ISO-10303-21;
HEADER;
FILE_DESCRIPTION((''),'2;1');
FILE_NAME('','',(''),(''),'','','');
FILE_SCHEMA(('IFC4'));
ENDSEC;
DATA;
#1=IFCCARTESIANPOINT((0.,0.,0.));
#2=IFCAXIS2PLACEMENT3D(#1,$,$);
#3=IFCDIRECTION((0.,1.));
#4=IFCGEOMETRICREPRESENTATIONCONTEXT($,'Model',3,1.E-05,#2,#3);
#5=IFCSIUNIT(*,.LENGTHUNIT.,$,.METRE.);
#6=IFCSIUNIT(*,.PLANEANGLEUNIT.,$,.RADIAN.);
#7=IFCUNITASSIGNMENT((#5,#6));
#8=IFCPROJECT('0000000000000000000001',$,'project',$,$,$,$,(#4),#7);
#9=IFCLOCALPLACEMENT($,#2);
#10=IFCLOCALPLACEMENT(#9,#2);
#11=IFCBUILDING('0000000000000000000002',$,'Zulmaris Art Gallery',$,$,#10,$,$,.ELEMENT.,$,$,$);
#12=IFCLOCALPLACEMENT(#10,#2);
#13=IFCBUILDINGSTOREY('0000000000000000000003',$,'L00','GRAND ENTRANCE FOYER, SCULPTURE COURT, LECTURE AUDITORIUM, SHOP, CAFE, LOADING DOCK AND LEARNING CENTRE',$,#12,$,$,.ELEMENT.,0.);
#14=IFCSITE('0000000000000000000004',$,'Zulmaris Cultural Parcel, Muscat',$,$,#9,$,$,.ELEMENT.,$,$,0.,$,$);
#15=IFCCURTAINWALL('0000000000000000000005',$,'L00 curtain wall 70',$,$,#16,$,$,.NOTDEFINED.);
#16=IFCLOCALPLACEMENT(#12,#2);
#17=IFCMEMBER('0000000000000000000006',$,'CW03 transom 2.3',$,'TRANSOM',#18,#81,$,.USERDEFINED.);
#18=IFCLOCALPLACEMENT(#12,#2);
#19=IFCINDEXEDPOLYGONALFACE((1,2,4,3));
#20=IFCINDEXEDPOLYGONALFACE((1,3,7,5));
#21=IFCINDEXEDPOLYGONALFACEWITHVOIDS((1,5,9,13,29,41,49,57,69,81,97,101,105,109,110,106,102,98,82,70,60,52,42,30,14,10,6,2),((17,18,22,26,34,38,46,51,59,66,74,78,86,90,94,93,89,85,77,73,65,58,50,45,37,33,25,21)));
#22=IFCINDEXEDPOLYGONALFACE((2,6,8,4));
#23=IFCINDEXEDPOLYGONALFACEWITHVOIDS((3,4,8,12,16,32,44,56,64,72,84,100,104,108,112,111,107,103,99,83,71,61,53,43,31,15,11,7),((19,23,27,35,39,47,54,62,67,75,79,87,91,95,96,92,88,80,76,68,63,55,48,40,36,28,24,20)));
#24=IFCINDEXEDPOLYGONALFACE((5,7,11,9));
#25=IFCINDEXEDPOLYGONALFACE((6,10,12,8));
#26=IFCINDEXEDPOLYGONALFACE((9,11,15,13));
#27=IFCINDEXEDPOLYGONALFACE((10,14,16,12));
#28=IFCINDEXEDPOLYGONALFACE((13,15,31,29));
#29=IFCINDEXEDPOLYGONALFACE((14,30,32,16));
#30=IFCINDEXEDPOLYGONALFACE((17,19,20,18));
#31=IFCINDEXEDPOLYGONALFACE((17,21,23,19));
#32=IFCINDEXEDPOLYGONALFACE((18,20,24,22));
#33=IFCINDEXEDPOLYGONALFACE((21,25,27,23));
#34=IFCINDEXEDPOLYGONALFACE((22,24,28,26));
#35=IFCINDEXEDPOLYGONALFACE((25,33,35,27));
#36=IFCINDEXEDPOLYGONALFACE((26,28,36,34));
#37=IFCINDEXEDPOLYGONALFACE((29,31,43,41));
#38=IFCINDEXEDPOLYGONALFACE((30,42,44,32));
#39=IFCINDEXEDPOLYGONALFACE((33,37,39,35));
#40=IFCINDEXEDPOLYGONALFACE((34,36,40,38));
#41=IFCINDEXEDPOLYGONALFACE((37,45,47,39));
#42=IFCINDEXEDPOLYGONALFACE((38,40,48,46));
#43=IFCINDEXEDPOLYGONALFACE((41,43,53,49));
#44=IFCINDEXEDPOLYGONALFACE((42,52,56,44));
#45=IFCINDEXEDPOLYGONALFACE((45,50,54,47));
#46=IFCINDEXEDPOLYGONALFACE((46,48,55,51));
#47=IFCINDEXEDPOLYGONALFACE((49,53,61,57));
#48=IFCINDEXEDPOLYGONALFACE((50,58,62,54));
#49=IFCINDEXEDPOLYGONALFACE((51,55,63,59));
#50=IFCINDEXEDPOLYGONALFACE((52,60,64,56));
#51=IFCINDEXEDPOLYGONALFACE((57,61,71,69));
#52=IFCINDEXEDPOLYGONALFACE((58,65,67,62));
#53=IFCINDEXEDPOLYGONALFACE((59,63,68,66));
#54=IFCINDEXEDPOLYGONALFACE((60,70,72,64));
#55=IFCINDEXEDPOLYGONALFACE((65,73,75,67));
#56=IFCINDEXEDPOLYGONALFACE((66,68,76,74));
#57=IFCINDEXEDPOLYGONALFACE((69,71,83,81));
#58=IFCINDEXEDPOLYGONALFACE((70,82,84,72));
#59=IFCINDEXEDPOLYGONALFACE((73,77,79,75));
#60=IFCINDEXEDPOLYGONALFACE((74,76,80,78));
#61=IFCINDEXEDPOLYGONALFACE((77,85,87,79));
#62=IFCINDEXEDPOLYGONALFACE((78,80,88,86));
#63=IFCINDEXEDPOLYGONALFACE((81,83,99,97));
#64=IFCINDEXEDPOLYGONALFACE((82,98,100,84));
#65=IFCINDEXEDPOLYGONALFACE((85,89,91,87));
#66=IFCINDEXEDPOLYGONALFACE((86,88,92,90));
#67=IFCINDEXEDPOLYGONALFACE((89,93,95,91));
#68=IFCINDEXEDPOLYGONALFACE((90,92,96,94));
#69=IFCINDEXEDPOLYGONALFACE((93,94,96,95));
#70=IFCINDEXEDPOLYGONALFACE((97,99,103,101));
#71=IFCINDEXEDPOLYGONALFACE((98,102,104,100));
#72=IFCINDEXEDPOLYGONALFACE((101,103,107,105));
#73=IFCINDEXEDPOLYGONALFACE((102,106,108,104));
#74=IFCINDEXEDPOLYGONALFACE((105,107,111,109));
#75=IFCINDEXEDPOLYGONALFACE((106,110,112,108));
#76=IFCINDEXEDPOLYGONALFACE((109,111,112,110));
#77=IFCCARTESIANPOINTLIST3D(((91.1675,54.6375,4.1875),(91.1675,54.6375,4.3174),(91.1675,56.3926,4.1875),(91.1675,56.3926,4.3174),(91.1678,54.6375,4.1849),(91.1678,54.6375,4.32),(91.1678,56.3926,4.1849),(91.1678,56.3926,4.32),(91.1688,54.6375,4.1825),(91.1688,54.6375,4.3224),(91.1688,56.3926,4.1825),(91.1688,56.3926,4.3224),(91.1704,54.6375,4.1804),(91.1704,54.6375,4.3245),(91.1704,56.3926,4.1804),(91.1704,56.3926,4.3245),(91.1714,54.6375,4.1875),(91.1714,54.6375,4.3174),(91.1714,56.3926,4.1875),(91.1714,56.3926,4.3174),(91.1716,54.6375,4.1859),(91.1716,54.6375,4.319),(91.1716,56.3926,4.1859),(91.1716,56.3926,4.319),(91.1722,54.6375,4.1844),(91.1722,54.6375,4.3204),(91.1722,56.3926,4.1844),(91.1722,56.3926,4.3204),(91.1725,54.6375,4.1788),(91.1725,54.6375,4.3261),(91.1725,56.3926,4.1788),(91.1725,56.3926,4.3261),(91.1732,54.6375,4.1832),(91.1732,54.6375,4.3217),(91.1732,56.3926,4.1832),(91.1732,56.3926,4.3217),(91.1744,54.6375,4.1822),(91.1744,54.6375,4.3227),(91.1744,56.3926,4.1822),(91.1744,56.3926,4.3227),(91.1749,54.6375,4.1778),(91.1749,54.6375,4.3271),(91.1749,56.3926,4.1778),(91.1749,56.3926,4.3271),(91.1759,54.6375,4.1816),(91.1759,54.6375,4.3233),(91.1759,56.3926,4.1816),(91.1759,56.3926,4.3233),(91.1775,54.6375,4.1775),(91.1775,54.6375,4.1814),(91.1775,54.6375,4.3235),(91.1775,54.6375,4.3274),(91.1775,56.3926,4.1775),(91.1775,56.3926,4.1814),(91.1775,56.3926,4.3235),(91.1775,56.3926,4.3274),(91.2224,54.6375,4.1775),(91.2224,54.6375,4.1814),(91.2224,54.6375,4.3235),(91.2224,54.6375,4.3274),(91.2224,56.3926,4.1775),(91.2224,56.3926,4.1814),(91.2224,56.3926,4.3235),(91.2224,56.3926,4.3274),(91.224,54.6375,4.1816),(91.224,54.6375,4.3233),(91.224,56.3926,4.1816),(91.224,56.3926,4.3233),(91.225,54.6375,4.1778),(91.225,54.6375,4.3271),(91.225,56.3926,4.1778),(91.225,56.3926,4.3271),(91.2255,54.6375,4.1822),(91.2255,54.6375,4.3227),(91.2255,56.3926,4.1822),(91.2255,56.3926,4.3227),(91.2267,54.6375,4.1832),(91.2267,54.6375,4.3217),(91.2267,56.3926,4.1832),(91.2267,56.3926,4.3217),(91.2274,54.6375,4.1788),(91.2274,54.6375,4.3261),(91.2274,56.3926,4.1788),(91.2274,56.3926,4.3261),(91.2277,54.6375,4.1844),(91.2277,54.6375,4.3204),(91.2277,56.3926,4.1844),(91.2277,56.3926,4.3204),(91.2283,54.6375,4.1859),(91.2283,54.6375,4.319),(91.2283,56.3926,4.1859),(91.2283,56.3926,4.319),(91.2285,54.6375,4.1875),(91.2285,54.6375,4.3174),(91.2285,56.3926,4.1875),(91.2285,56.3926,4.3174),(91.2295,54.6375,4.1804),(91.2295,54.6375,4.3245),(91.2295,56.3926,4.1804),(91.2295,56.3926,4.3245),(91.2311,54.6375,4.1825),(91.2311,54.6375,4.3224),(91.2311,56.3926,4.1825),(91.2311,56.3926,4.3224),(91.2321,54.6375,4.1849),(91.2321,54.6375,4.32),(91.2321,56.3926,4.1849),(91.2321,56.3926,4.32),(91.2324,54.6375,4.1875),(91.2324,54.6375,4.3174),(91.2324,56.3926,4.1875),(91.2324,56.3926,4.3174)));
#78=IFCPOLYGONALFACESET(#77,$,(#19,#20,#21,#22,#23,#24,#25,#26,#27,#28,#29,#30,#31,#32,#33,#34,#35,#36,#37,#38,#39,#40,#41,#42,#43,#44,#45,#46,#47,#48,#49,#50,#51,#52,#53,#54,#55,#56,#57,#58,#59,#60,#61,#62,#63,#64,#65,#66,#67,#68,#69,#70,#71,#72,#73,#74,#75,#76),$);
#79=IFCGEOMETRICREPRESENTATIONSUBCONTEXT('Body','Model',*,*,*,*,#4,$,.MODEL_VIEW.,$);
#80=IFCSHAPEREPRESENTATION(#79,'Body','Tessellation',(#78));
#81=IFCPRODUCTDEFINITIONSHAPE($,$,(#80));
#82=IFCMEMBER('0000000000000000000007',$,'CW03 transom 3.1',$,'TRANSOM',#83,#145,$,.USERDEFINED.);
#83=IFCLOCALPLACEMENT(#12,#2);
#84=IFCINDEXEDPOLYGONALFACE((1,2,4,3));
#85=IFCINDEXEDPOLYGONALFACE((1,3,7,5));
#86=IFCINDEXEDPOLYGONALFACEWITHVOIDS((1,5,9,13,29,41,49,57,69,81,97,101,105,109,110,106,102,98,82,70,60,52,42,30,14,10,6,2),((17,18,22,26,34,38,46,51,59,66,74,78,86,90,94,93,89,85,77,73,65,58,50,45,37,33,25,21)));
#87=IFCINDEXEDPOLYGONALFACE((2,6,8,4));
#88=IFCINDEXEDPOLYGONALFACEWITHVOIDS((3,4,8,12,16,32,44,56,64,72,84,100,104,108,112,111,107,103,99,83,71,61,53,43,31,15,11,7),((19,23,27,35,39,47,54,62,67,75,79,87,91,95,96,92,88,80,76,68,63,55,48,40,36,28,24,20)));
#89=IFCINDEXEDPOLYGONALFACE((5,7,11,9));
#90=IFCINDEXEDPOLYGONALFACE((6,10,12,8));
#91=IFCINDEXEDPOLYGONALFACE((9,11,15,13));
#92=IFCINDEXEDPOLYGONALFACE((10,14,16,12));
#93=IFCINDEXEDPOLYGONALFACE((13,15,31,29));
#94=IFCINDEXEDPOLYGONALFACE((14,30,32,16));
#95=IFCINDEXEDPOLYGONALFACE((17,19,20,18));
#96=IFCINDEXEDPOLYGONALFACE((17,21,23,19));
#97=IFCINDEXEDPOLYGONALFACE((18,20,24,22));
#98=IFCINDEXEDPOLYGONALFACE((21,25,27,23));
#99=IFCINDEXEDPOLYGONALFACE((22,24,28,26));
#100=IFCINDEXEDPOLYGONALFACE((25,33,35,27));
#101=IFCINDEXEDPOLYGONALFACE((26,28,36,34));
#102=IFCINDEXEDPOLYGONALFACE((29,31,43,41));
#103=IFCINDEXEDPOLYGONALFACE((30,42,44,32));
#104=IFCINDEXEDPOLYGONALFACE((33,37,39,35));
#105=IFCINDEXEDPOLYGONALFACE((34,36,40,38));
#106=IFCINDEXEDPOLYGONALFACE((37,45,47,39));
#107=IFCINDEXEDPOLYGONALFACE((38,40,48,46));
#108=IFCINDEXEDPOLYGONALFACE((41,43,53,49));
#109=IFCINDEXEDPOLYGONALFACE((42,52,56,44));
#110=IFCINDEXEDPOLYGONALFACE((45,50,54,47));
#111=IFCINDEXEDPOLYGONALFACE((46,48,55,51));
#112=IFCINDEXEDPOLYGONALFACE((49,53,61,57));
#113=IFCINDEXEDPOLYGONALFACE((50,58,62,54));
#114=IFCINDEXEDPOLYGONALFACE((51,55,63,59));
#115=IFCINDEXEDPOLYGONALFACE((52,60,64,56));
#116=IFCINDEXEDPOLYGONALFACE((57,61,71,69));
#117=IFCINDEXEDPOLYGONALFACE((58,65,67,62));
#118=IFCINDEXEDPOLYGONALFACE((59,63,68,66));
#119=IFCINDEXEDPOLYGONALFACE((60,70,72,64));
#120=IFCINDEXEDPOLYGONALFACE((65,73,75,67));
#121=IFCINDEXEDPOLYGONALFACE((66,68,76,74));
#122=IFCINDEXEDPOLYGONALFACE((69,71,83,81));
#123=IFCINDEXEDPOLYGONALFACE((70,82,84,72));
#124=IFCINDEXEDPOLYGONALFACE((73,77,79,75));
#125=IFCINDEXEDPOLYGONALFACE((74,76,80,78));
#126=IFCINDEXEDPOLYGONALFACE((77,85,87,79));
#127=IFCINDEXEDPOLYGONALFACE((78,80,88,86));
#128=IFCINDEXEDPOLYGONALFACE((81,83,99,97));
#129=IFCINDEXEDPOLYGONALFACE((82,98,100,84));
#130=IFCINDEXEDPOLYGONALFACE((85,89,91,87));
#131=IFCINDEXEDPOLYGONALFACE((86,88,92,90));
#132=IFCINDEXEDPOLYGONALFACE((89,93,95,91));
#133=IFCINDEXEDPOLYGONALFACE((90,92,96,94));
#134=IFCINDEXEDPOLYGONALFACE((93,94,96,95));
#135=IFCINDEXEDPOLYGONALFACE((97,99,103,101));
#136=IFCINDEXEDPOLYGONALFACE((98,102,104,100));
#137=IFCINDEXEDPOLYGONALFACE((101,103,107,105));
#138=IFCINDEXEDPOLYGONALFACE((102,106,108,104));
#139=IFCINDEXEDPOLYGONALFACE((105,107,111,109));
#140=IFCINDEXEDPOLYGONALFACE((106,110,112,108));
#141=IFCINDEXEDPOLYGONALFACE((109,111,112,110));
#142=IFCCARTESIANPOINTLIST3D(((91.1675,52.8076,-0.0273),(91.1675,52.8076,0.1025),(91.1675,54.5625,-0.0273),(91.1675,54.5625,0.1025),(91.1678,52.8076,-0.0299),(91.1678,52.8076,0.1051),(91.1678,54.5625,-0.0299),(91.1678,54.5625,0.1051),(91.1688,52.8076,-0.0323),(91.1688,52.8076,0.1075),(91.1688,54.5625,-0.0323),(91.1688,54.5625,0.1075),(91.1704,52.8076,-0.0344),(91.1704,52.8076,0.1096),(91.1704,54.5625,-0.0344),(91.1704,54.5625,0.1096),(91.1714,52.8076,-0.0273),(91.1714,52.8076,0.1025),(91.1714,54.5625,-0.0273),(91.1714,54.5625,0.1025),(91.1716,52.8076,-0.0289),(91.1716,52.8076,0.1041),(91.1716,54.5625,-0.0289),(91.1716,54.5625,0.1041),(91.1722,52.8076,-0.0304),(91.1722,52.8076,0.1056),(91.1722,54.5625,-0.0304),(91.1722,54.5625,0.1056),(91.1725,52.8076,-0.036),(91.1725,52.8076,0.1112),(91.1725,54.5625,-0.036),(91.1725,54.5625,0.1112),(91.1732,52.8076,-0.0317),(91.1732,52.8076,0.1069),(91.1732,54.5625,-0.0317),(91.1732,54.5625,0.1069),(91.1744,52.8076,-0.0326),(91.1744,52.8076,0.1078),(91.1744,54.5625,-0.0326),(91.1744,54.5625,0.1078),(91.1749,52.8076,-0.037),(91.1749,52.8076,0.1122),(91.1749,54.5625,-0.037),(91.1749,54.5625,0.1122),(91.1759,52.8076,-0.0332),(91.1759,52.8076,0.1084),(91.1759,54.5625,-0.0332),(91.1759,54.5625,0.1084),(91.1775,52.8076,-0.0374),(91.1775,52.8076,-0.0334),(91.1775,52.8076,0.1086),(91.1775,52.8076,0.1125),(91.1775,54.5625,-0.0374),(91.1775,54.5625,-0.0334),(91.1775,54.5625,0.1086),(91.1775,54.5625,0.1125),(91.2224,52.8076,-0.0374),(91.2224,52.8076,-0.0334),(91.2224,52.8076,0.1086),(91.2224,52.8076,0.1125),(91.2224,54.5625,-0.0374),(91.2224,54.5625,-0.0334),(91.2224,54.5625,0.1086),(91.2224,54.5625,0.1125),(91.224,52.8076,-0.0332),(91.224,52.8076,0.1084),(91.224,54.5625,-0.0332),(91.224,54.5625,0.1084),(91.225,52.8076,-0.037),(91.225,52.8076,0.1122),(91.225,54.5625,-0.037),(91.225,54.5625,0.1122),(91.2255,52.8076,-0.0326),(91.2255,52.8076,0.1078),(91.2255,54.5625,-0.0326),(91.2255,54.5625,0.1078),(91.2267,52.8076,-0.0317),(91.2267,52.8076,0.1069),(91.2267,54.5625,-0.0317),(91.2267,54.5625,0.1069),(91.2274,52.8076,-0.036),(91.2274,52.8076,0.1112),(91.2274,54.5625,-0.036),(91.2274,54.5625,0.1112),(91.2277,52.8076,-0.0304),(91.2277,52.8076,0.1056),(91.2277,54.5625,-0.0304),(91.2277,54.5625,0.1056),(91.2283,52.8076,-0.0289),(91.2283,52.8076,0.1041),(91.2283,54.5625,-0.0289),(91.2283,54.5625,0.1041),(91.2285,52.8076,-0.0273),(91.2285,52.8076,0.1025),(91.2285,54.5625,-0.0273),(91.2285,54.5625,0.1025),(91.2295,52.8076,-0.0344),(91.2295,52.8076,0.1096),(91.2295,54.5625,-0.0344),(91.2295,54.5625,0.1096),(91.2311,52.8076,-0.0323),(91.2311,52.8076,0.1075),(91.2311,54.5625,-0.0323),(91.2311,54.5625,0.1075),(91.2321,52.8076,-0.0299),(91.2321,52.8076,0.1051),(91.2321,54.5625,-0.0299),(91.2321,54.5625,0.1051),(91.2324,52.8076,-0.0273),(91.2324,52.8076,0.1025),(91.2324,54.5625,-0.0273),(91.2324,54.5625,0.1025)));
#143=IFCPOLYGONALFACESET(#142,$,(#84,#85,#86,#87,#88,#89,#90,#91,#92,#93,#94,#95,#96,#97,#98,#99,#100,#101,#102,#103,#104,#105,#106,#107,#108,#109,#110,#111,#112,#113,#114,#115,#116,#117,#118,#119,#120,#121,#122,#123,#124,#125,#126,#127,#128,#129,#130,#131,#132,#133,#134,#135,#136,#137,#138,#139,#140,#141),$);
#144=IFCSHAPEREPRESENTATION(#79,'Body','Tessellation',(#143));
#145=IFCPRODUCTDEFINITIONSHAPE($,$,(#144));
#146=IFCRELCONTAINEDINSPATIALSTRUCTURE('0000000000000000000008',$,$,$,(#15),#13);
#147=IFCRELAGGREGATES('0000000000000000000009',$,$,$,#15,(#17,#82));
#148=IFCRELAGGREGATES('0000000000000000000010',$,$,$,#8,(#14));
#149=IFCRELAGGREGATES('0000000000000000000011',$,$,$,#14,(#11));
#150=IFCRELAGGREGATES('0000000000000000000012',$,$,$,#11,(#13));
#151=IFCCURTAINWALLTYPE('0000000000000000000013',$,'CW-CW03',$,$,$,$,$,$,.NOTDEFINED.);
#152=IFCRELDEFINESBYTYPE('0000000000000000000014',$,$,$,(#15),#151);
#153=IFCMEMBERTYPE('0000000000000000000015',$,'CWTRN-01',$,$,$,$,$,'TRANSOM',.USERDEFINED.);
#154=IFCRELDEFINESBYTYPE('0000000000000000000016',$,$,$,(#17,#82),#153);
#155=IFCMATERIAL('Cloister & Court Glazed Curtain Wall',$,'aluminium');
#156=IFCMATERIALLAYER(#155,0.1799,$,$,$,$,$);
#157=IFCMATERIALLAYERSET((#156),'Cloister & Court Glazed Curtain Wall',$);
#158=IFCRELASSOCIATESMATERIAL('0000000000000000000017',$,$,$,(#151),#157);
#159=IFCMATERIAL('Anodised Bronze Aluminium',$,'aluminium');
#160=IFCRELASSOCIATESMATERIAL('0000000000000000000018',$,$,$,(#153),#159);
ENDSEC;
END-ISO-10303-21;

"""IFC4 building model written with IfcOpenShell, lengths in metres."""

from ifc_helpers import new_model, si_unit, direction, frame, origin, origin_2d, place, context, subcontext, project, spatial, hollow_rectangle, extrude, material, layer, layer_set, material_profile, profile_set, type_object, element, aggregate, save


model = new_model("IFC4")

# Units and contexts
model_context = context("Model", 3, precision=1e-05, world=origin(), true_north=direction((0.0, 1.0)))
body_context = subcontext(model_context, "Body", "Model", "MODEL_VIEW")
ifc_project = project(units=[si_unit("LENGTHUNIT", "METRE"), si_unit("PLANEANGLEUNIT", "RADIAN")], contexts=[model_context])

# Site, building, storey
site_placement = place(None, origin())
site = spatial("IfcSite", under=ifc_project, at=site_placement, Name="Zulmaris Cultural Parcel, Muscat", CompositionType="ELEMENT", RefElevation=0.0)
building_placement = place(site_placement, origin())
building = spatial("IfcBuilding", under=site, at=building_placement, Name="Zulmaris Art Gallery", CompositionType="ELEMENT")
storey_placement = place(building_placement, origin())
storey = spatial("IfcBuildingStorey", under=building, at=storey_placement, Name="L00", Description="GRAND ENTRANCE FOYER, SCULPTURE COURT, LECTURE AUDITORIUM, SHOP, CAFE, LOADING DOCK AND LEARNING CENTRE", CompositionType="ELEMENT", Elevation=0.0)

# Shared definitions
ifc_material_1 = material(Name="Cloister & Court Glazed Curtain Wall", Category="aluminium")
ifc_layer_1 = layer(ifc_material_1, 0.1799)
ifc_layer_set_1 = layer_set([ifc_layer_1], Name="Cloister & Court Glazed Curtain Wall")
curtain_wall_type_1 = type_object("IfcCurtainWallType", Name="CW-CW03", PredefinedType="NOTDEFINED", material=ifc_layer_set_1)
ifc_material_2 = material(Name="Anodised Bronze Aluminium", Category="aluminium")

# Curtain wall
curtain_wall_1_placement = place(storey_placement, origin())
curtain_wall_1 = element("IfcCurtainWall", 1, at=curtain_wall_1_placement, inside=storey, type_object=curtain_wall_type_1, Name="L00 curtain wall 70", PredefinedType="NOTDEFINED")

# Members
ifc_material_profile_1 = material_profile(ifc_material_2, hollow_rectangle(XDim=0.0649, YDim=0.1499, WallThickness=0.0039, InnerFilletRadius=0.0061, OuterFilletRadius=0.01, at=origin_2d()), Name="ALU 65x150x4")
ifc_profile_set_1 = profile_set([ifc_material_profile_1], Name="Anodised Bronze Aluminium")
member_type_1 = type_object("IfcMemberType", Name="CWTRN-01", ElementType="TRANSOM", PredefinedType="USERDEFINED", material=ifc_profile_set_1)
member_1_placement = place(storey_placement, frame((91.2, 56.3926, 4.2524), z_axis=(0.0, -1.0, 0.0), x_axis=(1.0, 0.0, 0.0)))
member_1 = element("IfcMember", 2, at=member_1_placement, type_object=member_type_1, Name="CW03 transom 2.3", ObjectType="TRANSOM", PredefinedType="USERDEFINED", context=body_context, shape_type="SweptSolid", body=[
    extrude(hollow_rectangle(XDim=0.0649, YDim=0.1499, WallThickness=0.0039, InnerFilletRadius=0.0061, OuterFilletRadius=0.01, at=origin_2d()), origin(), (0.0, 0.0, 1.0), 1.7551),
])
member_2_placement = place(storey_placement, frame((91.2, 54.5625, 0.0376), z_axis=(0.0, -1.0, 0.0), x_axis=(1.0, 0.0, 0.0)))
member_2 = element("IfcMember", 3, at=member_2_placement, type_object=member_type_1, Name="CW03 transom 3.1", ObjectType="TRANSOM", PredefinedType="USERDEFINED", context=body_context, shape_type="SweptSolid", body=[
    extrude(hollow_rectangle(XDim=0.0649, YDim=0.1499, WallThickness=0.0039, InnerFilletRadius=0.0061, OuterFilletRadius=0.01, at=origin_2d()), origin(), (0.0, 0.0, 1.0), 1.7549),
])

aggregate(curtain_wall_1, [member_1, member_2])

save(model, "model.ifc")
